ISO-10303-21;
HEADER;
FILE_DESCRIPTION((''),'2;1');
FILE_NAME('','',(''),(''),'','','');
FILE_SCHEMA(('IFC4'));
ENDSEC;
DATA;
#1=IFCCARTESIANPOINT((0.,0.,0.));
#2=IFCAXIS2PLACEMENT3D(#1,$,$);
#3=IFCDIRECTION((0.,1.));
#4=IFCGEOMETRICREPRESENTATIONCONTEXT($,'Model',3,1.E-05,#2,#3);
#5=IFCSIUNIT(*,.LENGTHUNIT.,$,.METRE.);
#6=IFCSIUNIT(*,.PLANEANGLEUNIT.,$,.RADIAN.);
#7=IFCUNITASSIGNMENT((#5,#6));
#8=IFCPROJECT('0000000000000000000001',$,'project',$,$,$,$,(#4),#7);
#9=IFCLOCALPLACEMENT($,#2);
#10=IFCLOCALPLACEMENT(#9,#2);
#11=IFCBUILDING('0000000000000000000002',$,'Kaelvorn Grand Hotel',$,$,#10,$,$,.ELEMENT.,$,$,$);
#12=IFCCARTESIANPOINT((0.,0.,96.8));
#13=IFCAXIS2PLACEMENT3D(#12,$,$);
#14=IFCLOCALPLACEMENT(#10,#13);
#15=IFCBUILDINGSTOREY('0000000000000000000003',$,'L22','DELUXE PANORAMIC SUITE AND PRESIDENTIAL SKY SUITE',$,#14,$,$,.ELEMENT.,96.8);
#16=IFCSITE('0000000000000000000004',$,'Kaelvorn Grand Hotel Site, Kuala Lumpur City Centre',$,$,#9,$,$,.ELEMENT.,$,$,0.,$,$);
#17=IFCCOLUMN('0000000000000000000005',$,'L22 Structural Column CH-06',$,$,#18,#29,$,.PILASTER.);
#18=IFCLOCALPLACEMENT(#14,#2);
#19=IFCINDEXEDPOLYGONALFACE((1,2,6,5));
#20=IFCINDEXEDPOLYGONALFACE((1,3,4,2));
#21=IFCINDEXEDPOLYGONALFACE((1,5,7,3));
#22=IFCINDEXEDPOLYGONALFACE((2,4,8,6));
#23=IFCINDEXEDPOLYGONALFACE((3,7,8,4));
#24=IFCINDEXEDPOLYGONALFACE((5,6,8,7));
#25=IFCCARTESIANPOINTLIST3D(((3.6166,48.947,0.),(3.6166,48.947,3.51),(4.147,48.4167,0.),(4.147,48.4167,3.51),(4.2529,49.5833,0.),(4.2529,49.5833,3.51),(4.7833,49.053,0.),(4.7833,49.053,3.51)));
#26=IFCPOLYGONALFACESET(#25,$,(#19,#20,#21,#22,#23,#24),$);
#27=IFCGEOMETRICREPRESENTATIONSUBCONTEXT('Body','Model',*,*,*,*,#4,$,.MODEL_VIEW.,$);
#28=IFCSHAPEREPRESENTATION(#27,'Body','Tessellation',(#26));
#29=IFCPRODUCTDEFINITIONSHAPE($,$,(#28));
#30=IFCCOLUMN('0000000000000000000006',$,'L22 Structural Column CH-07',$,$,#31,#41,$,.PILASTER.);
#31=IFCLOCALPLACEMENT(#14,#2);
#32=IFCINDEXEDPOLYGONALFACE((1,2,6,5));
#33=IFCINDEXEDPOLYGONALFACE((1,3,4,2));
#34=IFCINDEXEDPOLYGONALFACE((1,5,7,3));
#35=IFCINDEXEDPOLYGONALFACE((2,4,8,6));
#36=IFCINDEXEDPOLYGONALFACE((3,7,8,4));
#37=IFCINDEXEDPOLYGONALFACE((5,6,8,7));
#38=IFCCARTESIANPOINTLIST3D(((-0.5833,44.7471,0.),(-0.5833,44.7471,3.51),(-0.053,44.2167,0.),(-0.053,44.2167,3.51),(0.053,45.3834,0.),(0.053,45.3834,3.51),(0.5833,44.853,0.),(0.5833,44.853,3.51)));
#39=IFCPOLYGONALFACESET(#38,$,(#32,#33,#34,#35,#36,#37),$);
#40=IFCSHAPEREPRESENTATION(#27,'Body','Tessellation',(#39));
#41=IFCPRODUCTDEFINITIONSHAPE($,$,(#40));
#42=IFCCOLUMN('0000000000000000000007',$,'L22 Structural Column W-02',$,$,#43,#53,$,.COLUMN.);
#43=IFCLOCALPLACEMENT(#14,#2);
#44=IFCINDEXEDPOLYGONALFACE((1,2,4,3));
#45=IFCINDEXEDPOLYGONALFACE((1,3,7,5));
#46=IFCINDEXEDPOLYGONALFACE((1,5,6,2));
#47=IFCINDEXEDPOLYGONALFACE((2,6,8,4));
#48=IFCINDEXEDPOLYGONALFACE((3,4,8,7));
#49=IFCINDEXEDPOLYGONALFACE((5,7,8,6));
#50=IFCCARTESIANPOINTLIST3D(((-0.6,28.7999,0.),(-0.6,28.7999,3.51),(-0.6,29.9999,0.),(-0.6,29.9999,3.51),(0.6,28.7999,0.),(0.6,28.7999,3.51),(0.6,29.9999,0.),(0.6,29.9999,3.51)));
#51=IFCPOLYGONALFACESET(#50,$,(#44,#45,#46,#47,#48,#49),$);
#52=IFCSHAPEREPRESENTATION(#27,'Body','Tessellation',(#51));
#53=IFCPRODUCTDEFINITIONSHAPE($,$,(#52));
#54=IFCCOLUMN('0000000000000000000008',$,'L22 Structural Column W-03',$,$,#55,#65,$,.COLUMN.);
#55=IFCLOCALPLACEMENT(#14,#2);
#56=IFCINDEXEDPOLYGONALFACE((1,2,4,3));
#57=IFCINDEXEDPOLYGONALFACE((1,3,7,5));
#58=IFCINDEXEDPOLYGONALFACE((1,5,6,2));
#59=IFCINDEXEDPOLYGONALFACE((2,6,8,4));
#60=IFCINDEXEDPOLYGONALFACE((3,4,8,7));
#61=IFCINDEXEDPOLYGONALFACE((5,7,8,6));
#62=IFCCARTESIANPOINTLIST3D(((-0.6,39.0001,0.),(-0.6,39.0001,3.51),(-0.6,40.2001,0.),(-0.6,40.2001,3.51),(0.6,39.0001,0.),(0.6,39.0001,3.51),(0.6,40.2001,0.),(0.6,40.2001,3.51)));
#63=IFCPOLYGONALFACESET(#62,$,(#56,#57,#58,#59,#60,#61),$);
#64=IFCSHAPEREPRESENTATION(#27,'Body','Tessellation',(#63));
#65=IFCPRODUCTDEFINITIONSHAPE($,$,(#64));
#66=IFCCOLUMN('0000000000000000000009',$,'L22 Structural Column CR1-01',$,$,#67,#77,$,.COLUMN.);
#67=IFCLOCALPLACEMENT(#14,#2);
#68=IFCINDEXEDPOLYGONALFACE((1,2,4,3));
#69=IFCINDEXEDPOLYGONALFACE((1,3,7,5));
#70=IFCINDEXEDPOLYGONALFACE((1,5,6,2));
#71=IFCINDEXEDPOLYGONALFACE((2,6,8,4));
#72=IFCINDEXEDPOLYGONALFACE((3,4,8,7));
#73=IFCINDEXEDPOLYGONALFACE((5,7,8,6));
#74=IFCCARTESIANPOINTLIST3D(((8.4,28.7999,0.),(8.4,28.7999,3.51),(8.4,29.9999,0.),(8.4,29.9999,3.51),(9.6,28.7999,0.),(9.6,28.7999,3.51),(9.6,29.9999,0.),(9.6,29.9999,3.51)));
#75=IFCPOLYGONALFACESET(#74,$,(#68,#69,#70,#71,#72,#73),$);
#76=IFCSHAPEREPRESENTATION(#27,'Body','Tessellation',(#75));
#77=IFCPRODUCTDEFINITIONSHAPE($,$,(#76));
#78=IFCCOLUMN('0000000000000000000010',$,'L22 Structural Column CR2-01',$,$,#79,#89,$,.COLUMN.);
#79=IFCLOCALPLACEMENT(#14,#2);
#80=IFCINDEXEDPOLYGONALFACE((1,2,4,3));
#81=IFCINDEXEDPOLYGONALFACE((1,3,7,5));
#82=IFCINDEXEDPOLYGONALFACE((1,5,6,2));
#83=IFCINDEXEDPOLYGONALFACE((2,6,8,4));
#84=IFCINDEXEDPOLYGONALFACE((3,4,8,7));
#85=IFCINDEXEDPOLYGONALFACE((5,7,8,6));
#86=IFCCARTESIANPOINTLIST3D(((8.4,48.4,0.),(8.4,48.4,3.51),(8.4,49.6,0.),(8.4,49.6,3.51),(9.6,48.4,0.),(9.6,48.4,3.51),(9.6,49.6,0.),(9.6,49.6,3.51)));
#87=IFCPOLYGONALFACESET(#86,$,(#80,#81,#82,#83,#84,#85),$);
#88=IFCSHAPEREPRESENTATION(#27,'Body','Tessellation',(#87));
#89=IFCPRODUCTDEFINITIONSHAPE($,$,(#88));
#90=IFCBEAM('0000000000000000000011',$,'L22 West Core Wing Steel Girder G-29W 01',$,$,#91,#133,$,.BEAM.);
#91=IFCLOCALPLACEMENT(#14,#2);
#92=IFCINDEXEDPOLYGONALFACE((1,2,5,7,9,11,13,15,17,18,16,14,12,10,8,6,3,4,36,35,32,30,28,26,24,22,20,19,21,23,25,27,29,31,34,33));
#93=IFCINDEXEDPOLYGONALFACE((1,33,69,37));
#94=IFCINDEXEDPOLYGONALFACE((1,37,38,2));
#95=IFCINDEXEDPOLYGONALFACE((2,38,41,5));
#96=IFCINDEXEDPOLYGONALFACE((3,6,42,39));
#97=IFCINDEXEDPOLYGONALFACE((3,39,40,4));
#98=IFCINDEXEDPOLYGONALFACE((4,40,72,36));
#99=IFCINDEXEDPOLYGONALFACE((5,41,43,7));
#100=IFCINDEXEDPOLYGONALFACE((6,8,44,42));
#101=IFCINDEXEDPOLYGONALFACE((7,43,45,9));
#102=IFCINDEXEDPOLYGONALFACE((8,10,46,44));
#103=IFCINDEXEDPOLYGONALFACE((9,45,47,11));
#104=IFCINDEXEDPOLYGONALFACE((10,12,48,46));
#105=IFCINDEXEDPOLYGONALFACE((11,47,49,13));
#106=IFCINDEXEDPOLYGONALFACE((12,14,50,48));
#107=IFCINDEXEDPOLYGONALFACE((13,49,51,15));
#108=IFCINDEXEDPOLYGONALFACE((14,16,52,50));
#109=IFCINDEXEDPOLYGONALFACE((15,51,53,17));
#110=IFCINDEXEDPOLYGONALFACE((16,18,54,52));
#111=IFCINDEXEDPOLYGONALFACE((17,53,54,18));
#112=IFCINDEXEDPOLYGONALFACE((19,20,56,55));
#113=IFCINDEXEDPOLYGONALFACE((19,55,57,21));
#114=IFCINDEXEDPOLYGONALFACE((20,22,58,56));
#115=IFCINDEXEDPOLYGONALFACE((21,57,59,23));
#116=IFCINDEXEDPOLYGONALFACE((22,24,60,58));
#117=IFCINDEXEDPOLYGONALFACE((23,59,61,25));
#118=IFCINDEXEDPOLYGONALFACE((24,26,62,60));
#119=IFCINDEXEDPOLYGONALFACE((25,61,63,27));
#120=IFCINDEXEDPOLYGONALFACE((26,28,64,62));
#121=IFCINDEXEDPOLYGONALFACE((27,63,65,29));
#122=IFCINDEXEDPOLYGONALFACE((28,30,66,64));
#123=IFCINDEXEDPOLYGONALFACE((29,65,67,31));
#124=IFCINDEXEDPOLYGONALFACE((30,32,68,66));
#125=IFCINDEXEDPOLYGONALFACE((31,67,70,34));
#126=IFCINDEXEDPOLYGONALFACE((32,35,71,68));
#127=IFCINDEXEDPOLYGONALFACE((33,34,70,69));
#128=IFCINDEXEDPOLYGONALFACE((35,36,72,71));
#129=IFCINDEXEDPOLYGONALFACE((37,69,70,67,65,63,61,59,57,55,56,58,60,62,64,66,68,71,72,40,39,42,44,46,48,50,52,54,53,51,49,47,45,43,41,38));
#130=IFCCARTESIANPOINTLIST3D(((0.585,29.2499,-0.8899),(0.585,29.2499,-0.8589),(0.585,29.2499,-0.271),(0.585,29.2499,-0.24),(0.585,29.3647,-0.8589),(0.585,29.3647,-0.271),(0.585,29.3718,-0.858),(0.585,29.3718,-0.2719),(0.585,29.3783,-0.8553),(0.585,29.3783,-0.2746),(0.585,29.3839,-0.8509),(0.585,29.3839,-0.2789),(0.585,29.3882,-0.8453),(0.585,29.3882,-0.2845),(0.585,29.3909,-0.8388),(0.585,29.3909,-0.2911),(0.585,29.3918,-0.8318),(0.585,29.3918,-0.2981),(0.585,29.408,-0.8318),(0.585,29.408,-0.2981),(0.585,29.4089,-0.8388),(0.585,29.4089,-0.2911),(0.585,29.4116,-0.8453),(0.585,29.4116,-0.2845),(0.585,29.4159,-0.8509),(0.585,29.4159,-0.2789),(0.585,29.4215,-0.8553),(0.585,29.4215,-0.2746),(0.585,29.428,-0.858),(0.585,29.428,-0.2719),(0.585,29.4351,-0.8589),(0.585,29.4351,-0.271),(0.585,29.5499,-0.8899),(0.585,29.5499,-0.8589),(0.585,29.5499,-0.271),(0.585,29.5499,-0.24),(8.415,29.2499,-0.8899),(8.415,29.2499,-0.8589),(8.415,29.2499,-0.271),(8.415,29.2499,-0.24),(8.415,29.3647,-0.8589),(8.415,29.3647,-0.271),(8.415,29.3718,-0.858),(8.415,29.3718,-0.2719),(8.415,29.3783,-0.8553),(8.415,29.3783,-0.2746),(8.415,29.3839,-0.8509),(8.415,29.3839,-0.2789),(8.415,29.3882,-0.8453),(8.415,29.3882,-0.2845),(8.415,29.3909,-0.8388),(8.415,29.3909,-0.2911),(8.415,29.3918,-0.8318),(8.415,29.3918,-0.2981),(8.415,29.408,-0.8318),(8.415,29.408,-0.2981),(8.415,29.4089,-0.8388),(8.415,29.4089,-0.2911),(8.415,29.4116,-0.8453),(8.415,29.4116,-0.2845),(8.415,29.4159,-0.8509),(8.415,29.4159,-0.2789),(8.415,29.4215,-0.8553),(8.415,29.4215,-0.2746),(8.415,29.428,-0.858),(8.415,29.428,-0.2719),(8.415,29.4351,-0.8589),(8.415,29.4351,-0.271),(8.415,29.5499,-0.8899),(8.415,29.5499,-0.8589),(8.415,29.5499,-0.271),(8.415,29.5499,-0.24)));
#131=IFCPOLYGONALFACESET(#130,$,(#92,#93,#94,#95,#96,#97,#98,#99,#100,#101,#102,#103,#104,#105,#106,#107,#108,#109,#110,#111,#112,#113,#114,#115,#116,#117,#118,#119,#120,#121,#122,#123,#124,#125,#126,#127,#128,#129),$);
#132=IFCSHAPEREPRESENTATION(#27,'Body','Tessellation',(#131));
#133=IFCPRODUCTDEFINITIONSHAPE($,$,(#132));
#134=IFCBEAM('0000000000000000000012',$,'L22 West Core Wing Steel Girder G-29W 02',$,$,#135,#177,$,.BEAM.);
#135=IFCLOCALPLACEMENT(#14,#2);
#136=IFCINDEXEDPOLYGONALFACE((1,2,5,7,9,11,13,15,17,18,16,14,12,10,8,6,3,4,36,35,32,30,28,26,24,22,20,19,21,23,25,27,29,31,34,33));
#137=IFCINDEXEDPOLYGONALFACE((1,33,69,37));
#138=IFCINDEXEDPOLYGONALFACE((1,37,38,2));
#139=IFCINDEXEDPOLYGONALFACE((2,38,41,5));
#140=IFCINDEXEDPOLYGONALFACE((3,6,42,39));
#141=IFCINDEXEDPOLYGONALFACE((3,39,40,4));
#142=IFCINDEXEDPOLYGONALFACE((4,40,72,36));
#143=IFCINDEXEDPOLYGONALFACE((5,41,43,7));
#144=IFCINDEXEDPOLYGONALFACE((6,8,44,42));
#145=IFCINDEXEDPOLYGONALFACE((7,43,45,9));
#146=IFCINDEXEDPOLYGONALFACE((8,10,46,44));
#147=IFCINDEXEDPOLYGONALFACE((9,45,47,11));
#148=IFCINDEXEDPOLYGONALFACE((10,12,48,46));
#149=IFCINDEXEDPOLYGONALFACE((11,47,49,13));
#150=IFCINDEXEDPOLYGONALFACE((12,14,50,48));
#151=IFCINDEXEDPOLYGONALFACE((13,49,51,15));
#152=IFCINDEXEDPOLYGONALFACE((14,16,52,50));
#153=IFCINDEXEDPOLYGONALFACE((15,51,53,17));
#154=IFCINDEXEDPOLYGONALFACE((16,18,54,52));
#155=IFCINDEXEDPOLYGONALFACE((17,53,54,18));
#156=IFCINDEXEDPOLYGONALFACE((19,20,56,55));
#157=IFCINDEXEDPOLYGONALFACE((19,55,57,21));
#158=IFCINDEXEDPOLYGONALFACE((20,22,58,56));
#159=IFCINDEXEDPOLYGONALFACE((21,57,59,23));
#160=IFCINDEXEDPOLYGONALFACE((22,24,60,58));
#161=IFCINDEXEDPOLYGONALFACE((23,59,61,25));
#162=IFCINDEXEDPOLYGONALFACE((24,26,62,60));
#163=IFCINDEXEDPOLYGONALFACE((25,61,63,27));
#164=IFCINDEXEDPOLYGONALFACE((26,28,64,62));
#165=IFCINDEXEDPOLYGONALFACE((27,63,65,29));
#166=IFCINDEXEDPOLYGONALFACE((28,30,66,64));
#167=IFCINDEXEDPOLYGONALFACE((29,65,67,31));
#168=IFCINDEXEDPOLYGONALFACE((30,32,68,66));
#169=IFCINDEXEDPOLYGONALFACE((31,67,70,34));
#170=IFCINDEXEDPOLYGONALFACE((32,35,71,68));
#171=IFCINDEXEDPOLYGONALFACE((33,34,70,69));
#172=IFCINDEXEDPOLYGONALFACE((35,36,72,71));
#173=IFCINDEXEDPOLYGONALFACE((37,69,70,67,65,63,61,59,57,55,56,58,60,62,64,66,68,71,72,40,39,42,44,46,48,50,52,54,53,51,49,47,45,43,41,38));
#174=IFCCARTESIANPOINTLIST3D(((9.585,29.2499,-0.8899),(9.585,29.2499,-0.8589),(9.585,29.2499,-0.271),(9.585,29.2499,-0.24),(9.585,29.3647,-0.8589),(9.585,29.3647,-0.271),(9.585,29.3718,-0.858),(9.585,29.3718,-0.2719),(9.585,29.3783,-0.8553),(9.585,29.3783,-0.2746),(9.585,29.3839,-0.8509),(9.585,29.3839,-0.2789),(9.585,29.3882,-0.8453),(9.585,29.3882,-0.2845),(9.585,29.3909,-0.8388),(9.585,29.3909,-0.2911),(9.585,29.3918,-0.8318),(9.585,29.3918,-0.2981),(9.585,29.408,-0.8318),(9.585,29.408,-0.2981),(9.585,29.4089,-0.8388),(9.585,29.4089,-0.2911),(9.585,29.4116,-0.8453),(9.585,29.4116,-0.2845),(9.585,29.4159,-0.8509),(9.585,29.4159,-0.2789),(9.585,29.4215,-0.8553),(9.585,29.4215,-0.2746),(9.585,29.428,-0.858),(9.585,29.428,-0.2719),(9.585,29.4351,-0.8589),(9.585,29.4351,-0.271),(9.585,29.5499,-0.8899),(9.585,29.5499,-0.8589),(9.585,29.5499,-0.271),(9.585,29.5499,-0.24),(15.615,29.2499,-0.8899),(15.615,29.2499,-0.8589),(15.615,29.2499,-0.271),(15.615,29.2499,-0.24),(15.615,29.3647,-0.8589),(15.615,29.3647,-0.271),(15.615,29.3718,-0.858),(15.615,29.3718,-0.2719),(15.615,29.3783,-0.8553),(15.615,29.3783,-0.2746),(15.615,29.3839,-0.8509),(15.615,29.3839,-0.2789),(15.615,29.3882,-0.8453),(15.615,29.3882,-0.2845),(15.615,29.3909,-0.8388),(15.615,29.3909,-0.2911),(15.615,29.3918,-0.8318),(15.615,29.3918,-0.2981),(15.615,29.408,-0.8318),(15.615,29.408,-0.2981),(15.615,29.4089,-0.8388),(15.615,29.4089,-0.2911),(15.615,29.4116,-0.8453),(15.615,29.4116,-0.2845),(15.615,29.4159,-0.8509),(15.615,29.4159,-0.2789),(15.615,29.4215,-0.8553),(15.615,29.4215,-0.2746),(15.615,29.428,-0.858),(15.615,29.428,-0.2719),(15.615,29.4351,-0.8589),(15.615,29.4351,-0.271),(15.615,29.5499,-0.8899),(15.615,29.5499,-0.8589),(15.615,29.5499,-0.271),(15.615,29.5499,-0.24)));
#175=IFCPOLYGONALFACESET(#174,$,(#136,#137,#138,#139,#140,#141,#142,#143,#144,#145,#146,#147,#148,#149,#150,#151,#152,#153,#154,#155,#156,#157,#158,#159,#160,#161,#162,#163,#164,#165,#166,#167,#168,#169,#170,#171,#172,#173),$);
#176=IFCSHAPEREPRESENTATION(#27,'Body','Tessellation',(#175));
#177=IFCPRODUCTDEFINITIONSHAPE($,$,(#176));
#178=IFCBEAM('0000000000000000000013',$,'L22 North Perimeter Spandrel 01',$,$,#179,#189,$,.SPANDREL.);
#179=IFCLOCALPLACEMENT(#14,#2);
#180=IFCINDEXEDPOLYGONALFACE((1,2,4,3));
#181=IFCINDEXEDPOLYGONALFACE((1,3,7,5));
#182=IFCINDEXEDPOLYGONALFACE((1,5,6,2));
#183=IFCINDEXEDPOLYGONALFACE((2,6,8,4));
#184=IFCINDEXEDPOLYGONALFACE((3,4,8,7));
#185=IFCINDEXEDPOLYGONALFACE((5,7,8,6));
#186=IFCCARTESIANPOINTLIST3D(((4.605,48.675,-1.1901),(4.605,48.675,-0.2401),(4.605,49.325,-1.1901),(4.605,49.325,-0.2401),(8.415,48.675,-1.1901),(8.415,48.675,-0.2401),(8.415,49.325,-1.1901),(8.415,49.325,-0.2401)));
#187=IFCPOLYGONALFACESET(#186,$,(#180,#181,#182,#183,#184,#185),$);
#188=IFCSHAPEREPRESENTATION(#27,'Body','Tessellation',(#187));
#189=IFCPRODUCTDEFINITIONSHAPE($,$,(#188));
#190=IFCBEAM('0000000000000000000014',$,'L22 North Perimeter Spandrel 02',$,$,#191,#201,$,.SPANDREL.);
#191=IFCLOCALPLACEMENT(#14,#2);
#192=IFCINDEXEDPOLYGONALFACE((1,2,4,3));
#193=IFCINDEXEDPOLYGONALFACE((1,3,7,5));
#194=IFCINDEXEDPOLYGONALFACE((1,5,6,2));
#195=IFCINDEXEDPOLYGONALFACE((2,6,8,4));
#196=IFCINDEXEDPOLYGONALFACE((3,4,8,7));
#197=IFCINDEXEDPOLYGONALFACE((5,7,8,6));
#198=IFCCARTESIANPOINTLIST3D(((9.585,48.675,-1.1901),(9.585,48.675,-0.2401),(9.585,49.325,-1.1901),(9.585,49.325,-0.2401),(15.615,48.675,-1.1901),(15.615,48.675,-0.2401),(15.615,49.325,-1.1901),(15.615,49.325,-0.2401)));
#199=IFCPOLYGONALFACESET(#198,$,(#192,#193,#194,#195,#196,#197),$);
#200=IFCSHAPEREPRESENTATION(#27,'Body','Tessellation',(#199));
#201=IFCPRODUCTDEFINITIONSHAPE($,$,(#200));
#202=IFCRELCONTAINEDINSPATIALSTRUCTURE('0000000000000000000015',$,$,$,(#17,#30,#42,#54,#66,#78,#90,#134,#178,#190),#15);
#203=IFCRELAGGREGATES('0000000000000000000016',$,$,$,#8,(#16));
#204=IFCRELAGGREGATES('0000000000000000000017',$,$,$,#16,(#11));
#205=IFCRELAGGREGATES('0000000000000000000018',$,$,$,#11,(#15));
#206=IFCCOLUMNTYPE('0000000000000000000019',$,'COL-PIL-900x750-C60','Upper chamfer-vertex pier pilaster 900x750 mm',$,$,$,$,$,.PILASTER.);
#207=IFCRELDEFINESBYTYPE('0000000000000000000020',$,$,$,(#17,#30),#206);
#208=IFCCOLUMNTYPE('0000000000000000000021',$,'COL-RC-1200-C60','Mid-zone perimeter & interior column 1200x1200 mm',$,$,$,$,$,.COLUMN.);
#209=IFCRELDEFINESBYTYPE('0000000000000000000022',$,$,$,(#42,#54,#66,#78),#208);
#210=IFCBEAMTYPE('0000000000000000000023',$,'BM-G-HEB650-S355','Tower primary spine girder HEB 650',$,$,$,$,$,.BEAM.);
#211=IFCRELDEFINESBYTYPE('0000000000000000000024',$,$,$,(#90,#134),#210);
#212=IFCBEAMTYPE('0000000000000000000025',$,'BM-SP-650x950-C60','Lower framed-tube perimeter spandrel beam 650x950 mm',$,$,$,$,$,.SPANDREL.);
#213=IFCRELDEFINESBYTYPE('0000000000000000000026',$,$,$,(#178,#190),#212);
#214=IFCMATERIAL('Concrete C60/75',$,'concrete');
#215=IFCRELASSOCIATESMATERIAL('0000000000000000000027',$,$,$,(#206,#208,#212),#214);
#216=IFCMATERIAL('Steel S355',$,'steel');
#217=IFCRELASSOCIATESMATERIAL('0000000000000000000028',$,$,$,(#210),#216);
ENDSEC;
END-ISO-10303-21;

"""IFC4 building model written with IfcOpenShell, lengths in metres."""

from ifc_helpers import new_model, si_unit, direction, frame, origin, origin_2d, place, context, subcontext, project, spatial, rectangle, i_section, extrude, material, material_profile, profile_set, type_object, element, save


model = new_model("IFC4")

# Units and contexts
model_context = context("Model", 3, precision=1e-05, world=origin(), true_north=direction((0.0, 1.0)))
body_context = subcontext(model_context, "Body", "Model", "MODEL_VIEW")
ifc_project = project(units=[si_unit("LENGTHUNIT", "METRE"), si_unit("PLANEANGLEUNIT", "RADIAN")], contexts=[model_context])

# Site, building, storey
site_placement = place(None, origin())
site = spatial("IfcSite", under=ifc_project, at=site_placement, Name="Kaelvorn Grand Hotel Site, Kuala Lumpur City Centre", CompositionType="ELEMENT", RefElevation=0.0)
building_placement = place(site_placement, origin())
building = spatial("IfcBuilding", under=site, at=building_placement, Name="Kaelvorn Grand Hotel", CompositionType="ELEMENT")
storey_placement = place(building_placement, frame((0.0, 0.0, 96.8)))
storey = spatial("IfcBuildingStorey", under=building, at=storey_placement, Name="L22", Description="DELUXE PANORAMIC SUITE AND PRESIDENTIAL SKY SUITE", CompositionType="ELEMENT", Elevation=96.8)

# Columns
ifc_material_1 = material(Name="Concrete C60/75", Category="concrete")
ifc_material_profile_1 = material_profile(ifc_material_1, rectangle(XDim=0.8999, YDim=0.75, at=origin_2d()), Name="RC PILASTER 900x750")
ifc_profile_set_1 = profile_set([ifc_material_profile_1], Name="Concrete C60/75")
column_type_1 = type_object("IfcColumnType", Name="COL-PIL-900x750-C60", Description="Upper chamfer-vertex pier pilaster 900x750 mm", PredefinedType="PILASTER", material=ifc_profile_set_1)
for number, where, z_axis, x_axis, name in (
    (1, (4.2, 49.0, 0.0), (0.0, 0.0, 1.0), (0.707107, 0.707107, 0.0), "L22 Structural Column CH-06"),
    (2, (0.0, 44.8, 0.0), (0.0, 0.0, 1.0), (0.707107, 0.707107, 0.0), "L22 Structural Column CH-07"),
):
    element("IfcColumn", number, at=place(storey_placement, frame(where, z_axis=z_axis, x_axis=x_axis)), inside=storey, type_object=column_type_1, Name=name, PredefinedType="PILASTER", context=body_context, shape_type="SweptSolid", body=[
        extrude(rectangle(XDim=0.8999, YDim=0.75, at=origin_2d()), origin(), (0.0, 0.0, 1.0), 3.51),
    ])
ifc_material_profile_2 = material_profile(ifc_material_1, rectangle(XDim=1.2, YDim=1.2, at=origin_2d()), Name="RC COL 1200x1200")
ifc_profile_set_2 = profile_set([ifc_material_profile_2], Name="Concrete C60/75")
column_type_2 = type_object("IfcColumnType", Name="COL-RC-1200-C60", Description="Mid-zone perimeter & interior column 1200x1200 mm", PredefinedType="COLUMN", material=ifc_profile_set_2)
for number, where, z_axis, x_axis, name in (
    (3, (0.0, 29.3999, 0.0), (0.0, 0.0, 1.0), (1.0, 0.0, 0.0), "L22 Structural Column W-02"),
    (4, (0.0, 39.6001, 0.0), (0.0, 0.0, 1.0), (1.0, 0.0, 0.0), "L22 Structural Column W-03"),
    (5, (9.0, 29.3999, 0.0), (0.0, 0.0, 1.0), (1.0, 0.0, 0.0), "L22 Structural Column CR1-01"),
    (6, (9.0, 49.0, 0.0), (0.0, 0.0, 1.0), (1.0, 0.0, 0.0), "L22 Structural Column CR2-01"),
):
    element("IfcColumn", number, at=place(storey_placement, frame(where, z_axis=z_axis, x_axis=x_axis)), inside=storey, type_object=column_type_2, Name=name, PredefinedType="COLUMN", context=body_context, shape_type="SweptSolid", body=[
        extrude(rectangle(XDim=1.2, YDim=1.2, at=origin_2d()), origin(), (0.0, 0.0, 1.0), 3.51),
    ])

# Beams
ifc_material_2 = material(Name="Steel S355", Category="steel")
ifc_material_profile_3 = material_profile(ifc_material_2, i_section(OverallWidth=0.3, OverallDepth=0.6499, WebThickness=0.0161, FlangeThickness=0.031, FilletRadius=0.0271, at=origin_2d()), Name="HEB 650")
ifc_profile_set_3 = profile_set([ifc_material_profile_3], Name="Steel S355")
beam_type_1 = type_object("IfcBeamType", Name="BM-G-HEB650-S355", Description="Tower primary spine girder HEB 650", PredefinedType="BEAM", material=ifc_profile_set_3)
beam_1_placement = place(storey_placement, frame((0.585, 29.3999, -0.5649), z_axis=(1.0, 0.0, 0.0), x_axis=(0.0, 1.0, 0.0)))
element("IfcBeam", 7, at=beam_1_placement, inside=storey, type_object=beam_type_1, Name="L22 West Core Wing Steel Girder G-29W 01", PredefinedType="BEAM", context=body_context, shape_type="SweptSolid", body=[
    extrude(i_section(OverallWidth=0.3, OverallDepth=0.6499, WebThickness=0.0161, FlangeThickness=0.031, FilletRadius=0.0271, at=origin_2d()), origin(), (0.0, 0.0, 1.0), 7.8301),
])
beam_2_placement = place(storey_placement, frame((9.585, 29.3999, -0.5649), z_axis=(1.0, 0.0, 0.0), x_axis=(0.0, 1.0, 0.0)))
element("IfcBeam", 8, at=beam_2_placement, inside=storey, type_object=beam_type_1, Name="L22 West Core Wing Steel Girder G-29W 02", PredefinedType="BEAM", context=body_context, shape_type="SweptSolid", body=[
    extrude(i_section(OverallWidth=0.3, OverallDepth=0.6499, WebThickness=0.0161, FlangeThickness=0.031, FilletRadius=0.0271, at=origin_2d()), origin(), (0.0, 0.0, 1.0), 6.03),
])
ifc_material_profile_4 = material_profile(ifc_material_1, rectangle(XDim=0.6499, YDim=0.95, at=origin_2d()), Name="RC SPANDREL 650x950")
ifc_profile_set_4 = profile_set([ifc_material_profile_4], Name="Concrete C60/75")
beam_type_2 = type_object("IfcBeamType", Name="BM-SP-650x950-C60", Description="Lower framed-tube perimeter spandrel beam 650x950 mm", PredefinedType="SPANDREL", material=ifc_profile_set_4)
beam_3_placement = place(storey_placement, frame((4.605, 49.0, -0.7151), z_axis=(1.0, 0.0, 0.0), x_axis=(0.0, 1.0, 0.0)))
element("IfcBeam", 9, at=beam_3_placement, inside=storey, type_object=beam_type_2, Name="L22 North Perimeter Spandrel 01", PredefinedType="SPANDREL", context=body_context, shape_type="SweptSolid", body=[
    extrude(rectangle(XDim=0.6499, YDim=0.95, at=origin_2d()), origin(), (0.0, 0.0, 1.0), 3.8101),
])
beam_4_placement = place(storey_placement, frame((9.585, 49.0, -0.7151), z_axis=(1.0, 0.0, 0.0), x_axis=(0.0, 1.0, 0.0)))
element("IfcBeam", 10, at=beam_4_placement, inside=storey, type_object=beam_type_2, Name="L22 North Perimeter Spandrel 02", PredefinedType="SPANDREL", context=body_context, shape_type="SweptSolid", body=[
    extrude(rectangle(XDim=0.6499, YDim=0.95, at=origin_2d()), origin(), (0.0, 0.0, 1.0), 6.03),
])

save(model, "model.ifc")
